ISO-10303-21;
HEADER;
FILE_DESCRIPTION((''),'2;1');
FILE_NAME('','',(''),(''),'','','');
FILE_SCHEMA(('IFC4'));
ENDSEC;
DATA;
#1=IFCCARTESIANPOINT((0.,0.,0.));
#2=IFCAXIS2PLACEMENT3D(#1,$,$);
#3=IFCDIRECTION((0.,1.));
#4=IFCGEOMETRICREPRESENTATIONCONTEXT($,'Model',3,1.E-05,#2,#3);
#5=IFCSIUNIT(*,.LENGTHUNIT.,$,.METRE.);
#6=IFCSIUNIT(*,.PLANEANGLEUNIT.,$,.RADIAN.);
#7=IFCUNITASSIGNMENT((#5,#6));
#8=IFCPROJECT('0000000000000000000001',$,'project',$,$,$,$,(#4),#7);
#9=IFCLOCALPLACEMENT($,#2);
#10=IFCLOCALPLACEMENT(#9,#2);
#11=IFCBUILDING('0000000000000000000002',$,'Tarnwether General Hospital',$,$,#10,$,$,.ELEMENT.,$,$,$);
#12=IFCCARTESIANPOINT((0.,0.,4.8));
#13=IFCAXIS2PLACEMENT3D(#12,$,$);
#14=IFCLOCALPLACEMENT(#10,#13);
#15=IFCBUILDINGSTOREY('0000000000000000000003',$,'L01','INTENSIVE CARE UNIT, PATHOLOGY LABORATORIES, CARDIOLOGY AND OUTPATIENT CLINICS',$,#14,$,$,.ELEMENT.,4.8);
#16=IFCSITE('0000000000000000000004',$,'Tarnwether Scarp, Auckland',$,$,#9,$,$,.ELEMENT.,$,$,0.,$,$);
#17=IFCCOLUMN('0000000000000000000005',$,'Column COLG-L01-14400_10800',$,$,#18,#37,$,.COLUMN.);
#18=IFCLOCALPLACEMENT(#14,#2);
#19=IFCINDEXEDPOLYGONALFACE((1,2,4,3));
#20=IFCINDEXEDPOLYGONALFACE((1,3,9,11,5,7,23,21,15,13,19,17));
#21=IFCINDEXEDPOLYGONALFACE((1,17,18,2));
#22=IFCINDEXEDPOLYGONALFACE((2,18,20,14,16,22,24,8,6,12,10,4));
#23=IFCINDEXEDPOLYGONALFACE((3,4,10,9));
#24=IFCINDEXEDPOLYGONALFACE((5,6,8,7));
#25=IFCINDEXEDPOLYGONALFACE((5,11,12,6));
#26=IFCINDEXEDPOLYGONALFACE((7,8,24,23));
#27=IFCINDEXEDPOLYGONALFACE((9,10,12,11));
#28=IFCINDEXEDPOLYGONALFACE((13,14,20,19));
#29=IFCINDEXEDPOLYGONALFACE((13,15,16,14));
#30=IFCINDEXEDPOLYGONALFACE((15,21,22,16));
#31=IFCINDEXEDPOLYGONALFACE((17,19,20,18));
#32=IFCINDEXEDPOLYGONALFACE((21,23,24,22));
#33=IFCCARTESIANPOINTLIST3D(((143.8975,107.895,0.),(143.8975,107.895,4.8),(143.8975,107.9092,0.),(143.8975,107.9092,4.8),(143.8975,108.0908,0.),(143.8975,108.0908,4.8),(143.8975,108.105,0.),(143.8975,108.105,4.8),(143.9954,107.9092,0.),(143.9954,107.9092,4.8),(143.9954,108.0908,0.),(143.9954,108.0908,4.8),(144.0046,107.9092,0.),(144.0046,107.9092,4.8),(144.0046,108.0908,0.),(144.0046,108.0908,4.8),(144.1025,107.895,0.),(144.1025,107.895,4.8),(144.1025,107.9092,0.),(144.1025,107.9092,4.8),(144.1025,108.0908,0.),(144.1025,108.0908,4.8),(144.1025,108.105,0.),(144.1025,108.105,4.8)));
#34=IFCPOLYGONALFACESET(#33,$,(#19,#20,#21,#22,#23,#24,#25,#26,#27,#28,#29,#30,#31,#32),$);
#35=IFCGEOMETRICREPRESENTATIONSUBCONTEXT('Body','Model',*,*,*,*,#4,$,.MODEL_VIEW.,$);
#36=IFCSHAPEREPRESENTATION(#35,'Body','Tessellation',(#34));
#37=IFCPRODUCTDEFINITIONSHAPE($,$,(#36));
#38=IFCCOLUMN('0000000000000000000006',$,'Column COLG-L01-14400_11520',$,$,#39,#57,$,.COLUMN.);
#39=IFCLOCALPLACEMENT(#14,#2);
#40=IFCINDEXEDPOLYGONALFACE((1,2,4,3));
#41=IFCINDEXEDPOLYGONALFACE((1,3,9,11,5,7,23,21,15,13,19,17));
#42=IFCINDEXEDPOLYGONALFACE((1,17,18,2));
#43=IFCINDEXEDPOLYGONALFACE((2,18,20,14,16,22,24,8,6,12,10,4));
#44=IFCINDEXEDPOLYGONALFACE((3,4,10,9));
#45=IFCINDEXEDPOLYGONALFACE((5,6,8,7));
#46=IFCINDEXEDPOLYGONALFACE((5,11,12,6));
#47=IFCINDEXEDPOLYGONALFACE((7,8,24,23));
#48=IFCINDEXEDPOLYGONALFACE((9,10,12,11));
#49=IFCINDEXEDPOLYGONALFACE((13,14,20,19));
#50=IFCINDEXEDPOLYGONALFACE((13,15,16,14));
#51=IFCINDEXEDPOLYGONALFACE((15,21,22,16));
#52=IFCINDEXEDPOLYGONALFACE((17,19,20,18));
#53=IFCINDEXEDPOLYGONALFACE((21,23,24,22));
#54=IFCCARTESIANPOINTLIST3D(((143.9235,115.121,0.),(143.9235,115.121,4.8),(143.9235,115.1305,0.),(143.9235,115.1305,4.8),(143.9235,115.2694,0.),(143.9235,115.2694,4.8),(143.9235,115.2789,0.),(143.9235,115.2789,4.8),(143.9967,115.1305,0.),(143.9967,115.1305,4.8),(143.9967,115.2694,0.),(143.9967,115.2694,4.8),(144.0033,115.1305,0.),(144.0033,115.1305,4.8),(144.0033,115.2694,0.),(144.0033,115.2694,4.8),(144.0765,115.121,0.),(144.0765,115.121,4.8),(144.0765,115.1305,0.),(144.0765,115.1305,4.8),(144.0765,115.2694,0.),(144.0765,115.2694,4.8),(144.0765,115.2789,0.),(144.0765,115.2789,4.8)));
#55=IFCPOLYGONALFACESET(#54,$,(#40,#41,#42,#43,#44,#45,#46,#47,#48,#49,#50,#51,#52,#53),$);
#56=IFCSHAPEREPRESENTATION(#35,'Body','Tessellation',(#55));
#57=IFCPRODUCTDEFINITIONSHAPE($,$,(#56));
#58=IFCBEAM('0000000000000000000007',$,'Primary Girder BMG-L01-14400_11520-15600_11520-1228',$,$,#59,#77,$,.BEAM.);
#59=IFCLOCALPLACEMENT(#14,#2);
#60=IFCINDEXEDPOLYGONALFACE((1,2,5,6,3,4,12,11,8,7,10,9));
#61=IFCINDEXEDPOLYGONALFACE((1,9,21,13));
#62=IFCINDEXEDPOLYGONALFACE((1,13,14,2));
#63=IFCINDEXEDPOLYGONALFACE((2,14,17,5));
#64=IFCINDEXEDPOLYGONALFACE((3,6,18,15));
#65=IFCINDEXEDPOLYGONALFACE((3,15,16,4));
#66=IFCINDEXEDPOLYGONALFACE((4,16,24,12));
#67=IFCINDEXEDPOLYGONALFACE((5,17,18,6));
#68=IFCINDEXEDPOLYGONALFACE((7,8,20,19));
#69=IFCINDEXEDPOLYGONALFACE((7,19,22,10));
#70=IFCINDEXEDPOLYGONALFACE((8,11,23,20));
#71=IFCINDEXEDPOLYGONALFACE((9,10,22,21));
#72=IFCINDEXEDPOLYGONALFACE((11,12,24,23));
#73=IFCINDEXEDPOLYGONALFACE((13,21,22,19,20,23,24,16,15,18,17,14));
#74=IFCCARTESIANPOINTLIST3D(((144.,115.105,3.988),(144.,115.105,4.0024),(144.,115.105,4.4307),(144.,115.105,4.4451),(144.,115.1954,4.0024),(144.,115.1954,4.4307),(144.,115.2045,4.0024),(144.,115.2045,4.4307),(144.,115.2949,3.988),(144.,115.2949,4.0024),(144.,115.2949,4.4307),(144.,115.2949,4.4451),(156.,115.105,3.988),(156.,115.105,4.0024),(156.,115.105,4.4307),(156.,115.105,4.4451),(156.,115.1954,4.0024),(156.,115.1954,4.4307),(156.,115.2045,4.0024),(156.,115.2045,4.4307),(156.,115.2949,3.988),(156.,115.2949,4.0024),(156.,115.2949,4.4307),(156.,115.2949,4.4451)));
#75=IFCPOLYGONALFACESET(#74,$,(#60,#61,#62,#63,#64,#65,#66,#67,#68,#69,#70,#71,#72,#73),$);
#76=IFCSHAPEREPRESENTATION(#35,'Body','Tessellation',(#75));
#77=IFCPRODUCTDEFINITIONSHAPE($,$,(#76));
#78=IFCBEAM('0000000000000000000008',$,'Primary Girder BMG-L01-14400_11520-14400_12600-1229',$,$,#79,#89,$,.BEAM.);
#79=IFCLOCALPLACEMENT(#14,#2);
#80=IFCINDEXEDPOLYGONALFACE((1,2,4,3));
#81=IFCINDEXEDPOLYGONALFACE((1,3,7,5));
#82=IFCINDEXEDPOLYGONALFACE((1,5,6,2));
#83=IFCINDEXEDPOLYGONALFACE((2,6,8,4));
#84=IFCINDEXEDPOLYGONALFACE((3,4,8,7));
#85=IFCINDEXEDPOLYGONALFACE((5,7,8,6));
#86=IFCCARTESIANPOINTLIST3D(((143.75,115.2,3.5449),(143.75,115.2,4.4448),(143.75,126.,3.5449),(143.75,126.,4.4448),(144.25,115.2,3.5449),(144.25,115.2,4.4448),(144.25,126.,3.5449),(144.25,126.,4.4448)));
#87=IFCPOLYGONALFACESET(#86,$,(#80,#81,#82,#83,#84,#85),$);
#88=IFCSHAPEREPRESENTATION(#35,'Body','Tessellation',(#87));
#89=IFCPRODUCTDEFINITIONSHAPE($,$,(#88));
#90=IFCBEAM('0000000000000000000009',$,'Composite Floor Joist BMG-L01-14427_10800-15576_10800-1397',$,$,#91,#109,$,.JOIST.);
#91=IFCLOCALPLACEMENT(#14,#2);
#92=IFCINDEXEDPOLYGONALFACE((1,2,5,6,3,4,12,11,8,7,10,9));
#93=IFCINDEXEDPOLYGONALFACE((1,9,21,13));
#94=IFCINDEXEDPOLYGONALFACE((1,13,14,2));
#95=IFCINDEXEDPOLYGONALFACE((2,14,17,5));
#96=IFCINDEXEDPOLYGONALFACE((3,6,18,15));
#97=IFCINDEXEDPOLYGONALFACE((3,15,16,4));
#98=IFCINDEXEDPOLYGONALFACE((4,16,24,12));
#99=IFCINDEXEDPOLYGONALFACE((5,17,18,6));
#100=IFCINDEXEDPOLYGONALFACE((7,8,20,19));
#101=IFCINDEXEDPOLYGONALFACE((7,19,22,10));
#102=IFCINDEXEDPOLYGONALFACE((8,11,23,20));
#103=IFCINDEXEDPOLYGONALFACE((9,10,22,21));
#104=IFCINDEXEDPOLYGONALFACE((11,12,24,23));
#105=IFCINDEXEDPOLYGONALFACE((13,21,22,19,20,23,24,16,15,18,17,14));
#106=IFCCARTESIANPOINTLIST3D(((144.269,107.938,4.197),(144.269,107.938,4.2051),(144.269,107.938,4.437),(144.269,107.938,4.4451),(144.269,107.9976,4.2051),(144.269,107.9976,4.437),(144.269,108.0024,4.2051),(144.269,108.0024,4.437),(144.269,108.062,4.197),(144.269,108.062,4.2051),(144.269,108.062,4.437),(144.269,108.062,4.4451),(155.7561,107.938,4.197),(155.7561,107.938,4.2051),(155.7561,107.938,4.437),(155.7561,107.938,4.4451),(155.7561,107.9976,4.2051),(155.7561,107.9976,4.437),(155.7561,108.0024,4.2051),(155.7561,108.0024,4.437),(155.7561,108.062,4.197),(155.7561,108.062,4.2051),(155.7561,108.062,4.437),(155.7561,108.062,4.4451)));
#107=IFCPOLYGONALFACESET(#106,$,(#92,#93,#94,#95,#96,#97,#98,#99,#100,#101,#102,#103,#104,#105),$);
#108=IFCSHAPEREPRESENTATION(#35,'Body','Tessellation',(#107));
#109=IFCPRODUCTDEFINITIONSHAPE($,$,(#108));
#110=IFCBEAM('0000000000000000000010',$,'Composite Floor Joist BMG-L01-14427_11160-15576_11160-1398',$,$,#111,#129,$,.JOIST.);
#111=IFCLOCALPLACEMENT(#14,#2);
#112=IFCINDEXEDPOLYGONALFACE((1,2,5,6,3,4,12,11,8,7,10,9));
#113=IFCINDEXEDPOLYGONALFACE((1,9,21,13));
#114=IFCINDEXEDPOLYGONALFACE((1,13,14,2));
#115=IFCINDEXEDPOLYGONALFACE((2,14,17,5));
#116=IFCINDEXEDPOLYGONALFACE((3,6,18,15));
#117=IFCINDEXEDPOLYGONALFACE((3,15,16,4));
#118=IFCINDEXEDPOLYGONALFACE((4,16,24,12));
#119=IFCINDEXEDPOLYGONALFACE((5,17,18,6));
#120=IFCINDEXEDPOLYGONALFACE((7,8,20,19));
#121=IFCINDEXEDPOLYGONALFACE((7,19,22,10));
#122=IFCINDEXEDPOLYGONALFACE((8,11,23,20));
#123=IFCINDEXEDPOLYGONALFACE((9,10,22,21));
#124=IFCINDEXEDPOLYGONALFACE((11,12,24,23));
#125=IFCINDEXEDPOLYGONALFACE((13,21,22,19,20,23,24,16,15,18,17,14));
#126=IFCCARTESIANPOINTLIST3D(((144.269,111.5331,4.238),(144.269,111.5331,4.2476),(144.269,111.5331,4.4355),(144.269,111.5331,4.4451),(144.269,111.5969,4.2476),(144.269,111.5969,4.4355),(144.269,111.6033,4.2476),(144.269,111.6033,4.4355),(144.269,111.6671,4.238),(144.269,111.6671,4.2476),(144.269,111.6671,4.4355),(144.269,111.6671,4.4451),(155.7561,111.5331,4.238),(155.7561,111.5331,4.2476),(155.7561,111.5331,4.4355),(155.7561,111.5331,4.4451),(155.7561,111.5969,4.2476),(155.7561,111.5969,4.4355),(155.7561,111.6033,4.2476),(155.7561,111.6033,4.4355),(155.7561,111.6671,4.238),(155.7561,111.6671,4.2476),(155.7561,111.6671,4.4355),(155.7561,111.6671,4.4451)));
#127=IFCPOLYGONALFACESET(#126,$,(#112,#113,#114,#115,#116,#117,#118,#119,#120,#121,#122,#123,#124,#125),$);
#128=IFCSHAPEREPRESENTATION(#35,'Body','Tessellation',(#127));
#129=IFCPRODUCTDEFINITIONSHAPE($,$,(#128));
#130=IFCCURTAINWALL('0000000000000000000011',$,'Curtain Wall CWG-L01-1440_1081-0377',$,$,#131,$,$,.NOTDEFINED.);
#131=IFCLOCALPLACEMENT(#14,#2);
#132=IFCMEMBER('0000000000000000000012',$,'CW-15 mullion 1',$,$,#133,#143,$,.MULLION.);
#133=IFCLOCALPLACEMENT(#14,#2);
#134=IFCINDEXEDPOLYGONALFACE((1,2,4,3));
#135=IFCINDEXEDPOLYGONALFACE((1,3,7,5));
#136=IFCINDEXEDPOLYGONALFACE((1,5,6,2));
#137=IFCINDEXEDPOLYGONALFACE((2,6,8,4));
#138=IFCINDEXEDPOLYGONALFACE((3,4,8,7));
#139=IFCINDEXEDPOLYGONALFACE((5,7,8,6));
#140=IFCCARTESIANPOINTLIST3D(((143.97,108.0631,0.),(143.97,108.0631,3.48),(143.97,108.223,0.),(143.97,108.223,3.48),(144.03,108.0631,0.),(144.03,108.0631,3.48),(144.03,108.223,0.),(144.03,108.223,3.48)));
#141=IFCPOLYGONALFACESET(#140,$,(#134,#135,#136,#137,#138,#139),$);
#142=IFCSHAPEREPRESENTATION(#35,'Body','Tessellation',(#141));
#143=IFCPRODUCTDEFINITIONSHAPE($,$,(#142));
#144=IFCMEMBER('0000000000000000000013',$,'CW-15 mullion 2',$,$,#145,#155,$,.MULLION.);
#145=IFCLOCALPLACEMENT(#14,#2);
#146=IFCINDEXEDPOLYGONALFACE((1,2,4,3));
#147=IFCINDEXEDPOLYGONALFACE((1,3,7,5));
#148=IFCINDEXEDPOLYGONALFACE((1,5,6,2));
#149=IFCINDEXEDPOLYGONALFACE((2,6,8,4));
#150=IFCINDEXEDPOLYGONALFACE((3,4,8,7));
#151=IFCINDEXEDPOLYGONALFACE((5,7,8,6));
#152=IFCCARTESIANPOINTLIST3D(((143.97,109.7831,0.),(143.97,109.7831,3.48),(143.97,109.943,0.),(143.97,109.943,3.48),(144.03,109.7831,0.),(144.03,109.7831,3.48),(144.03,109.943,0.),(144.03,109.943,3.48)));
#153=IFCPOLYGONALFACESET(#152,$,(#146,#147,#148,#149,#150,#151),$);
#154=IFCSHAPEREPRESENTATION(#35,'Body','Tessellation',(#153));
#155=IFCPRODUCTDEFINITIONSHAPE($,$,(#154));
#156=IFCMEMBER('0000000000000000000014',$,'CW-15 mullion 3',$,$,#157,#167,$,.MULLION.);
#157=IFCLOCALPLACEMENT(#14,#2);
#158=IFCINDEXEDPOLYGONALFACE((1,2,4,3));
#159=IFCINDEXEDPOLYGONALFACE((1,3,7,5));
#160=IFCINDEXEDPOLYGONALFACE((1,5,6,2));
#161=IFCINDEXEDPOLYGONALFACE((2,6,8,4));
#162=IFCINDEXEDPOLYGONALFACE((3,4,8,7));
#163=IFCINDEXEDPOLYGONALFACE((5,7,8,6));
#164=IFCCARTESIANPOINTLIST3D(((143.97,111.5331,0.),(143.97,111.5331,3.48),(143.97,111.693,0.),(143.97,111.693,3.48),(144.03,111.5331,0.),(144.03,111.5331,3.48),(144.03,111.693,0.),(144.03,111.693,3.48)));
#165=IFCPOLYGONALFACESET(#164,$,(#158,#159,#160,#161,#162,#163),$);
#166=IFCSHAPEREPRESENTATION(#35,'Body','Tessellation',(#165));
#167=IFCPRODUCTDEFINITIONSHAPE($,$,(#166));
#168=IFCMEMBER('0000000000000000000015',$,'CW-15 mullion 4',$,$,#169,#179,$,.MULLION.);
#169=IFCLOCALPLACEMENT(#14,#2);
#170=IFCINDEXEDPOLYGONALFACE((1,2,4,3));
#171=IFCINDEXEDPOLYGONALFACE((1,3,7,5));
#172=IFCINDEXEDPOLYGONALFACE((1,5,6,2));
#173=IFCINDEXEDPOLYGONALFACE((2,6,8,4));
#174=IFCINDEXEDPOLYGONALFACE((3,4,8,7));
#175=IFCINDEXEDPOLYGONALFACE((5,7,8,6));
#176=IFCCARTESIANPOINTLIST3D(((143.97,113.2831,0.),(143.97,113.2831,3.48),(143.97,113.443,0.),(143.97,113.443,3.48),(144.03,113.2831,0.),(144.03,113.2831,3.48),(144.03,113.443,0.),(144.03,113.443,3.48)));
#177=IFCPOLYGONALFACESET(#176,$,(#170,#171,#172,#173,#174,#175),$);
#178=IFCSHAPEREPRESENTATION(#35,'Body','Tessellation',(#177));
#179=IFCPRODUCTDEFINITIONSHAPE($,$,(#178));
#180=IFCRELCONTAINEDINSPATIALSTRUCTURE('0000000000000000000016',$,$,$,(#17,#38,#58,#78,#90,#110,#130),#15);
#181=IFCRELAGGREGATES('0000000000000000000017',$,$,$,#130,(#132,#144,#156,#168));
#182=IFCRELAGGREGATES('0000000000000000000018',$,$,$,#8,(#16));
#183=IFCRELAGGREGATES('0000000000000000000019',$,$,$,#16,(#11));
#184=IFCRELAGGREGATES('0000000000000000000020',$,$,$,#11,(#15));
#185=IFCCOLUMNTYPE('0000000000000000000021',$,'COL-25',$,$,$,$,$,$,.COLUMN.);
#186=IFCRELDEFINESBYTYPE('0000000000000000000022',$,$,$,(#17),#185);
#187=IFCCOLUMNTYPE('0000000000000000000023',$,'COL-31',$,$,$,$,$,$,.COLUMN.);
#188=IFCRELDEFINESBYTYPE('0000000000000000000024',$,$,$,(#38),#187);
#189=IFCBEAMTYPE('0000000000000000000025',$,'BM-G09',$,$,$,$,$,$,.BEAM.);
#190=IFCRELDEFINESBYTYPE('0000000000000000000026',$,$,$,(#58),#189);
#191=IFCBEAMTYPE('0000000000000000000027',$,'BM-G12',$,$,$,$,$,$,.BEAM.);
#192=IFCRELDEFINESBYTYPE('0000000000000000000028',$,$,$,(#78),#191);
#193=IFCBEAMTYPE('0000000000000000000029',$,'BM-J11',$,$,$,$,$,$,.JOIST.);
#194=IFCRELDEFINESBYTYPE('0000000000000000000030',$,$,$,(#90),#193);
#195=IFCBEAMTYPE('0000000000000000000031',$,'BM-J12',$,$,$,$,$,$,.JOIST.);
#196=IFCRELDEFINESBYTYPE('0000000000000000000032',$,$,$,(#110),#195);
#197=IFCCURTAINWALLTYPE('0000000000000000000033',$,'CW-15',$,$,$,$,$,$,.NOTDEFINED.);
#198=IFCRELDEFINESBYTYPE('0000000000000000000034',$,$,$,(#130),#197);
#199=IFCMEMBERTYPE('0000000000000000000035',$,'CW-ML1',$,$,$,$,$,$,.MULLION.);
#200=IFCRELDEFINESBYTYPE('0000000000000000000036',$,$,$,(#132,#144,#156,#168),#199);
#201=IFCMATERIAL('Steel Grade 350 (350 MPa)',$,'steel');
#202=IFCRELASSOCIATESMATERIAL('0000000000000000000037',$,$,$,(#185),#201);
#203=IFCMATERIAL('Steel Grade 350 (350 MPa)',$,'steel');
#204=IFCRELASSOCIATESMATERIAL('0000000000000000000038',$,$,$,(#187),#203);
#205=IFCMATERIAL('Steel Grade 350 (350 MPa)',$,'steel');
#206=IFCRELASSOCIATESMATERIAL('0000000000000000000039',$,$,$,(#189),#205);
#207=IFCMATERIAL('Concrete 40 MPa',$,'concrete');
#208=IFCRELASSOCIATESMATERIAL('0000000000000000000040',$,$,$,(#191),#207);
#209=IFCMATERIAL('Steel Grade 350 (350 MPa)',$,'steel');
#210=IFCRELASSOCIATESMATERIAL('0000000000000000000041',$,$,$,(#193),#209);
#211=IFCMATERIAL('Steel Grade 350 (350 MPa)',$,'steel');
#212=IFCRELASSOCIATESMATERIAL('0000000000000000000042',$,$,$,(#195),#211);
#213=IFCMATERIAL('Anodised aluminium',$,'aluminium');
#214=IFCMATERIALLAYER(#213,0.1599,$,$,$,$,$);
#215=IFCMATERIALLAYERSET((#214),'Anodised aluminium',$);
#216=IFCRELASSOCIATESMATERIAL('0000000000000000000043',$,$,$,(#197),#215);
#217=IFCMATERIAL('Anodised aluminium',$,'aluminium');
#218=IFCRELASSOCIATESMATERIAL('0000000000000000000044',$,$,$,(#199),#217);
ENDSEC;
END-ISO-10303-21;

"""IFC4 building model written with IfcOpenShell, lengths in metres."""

from ifc_helpers import new_model, si_unit, direction, frame, origin, origin_2d, place, context, subcontext, project, spatial, rectangle, i_section, extrude, material, layer, layer_set, material_profile, profile_set, type_object, element, aggregate, save


model = new_model("IFC4")

# Units and contexts
model_context = context("Model", 3, precision=1e-05, world=origin(), true_north=direction((0.0, 1.0)))
body_context = subcontext(model_context, "Body", "Model", "MODEL_VIEW")
ifc_project = project(units=[si_unit("LENGTHUNIT", "METRE"), si_unit("PLANEANGLEUNIT", "RADIAN")], contexts=[model_context])

# Site, building, storey
site_placement = place(None, origin())
site = spatial("IfcSite", under=ifc_project, at=site_placement, Name="Tarnwether Scarp, Auckland", CompositionType="ELEMENT", RefElevation=0.0)
building_placement = place(site_placement, origin())
building = spatial("IfcBuilding", under=site, at=building_placement, Name="Tarnwether General Hospital", CompositionType="ELEMENT")
storey_placement = place(building_placement, frame((0.0, 0.0, 4.8)))
storey = spatial("IfcBuildingStorey", under=building, at=storey_placement, Name="L01", Description="INTENSIVE CARE UNIT, PATHOLOGY LABORATORIES, CARDIOLOGY AND OUTPATIENT CLINICS", CompositionType="ELEMENT", Elevation=4.8)

# Columns
ifc_material_1 = material(Name="Steel Grade 350 (350 MPa)", Category="steel")
ifc_material_profile_1 = material_profile(ifc_material_1, i_section(OverallWidth=0.2051, OverallDepth=0.21, WebThickness=0.0093, FlangeThickness=0.0142, at=origin_2d()), Name="200UC59.5")
ifc_profile_set_1 = profile_set([ifc_material_profile_1], Name="Steel Grade 350 (350 MPa)")
column_type_1 = type_object("IfcColumnType", Name="COL-25", PredefinedType="COLUMN", material=ifc_profile_set_1)
column_1_placement = place(storey_placement, frame((144.0, 108.0, 0.0), z_axis=(0.0, 0.0, 1.0), x_axis=(1.0, 0.0, 0.0)))
element("IfcColumn", 1, at=column_1_placement, inside=storey, type_object=column_type_1, Name="Column COLG-L01-14400_10800", PredefinedType="COLUMN", context=body_context, shape_type="SweptSolid", body=[
    extrude(i_section(OverallWidth=0.2051, OverallDepth=0.21, WebThickness=0.0093, FlangeThickness=0.0142, at=origin_2d()), origin(), (0.0, 0.0, 1.0), 4.8),
])
ifc_material_2 = material(Name="Steel Grade 350 (350 MPa)", Category="steel")
ifc_material_profile_2 = material_profile(ifc_material_2, i_section(OverallWidth=0.1531, OverallDepth=0.158, WebThickness=0.0066, FlangeThickness=0.0095, at=origin_2d()), Name="150UC30.0")
ifc_profile_set_2 = profile_set([ifc_material_profile_2], Name="Steel Grade 350 (350 MPa)")
column_type_2 = type_object("IfcColumnType", Name="COL-31", PredefinedType="COLUMN", material=ifc_profile_set_2)
column_2_placement = place(storey_placement, frame((144.0, 115.2, 0.0), z_axis=(0.0, 0.0, 1.0), x_axis=(1.0, 0.0, 0.0)))
element("IfcColumn", 2, at=column_2_placement, inside=storey, type_object=column_type_2, Name="Column COLG-L01-14400_11520", PredefinedType="COLUMN", context=body_context, shape_type="SweptSolid", body=[
    extrude(i_section(OverallWidth=0.1531, OverallDepth=0.158, WebThickness=0.0066, FlangeThickness=0.0095, at=origin_2d()), origin(), (0.0, 0.0, 1.0), 4.8),
])

# Beams
ifc_material_3 = material(Name="Steel Grade 350 (350 MPa)", Category="steel")
ifc_material_profile_3 = material_profile(ifc_material_3, i_section(OverallWidth=0.1899, OverallDepth=0.457, WebThickness=0.009, FlangeThickness=0.0144, at=origin_2d()), Name="460UB74.6")
ifc_profile_set_3 = profile_set([ifc_material_profile_3], Name="Steel Grade 350 (350 MPa)")
beam_type_1 = type_object("IfcBeamType", Name="BM-G09", PredefinedType="BEAM", material=ifc_profile_set_3)
beam_1_placement = place(storey_placement, frame((144.0, 115.2, 4.2166), z_axis=(1.0, 0.0, 0.0), x_axis=(0.0, 1.0, 0.0)))
element("IfcBeam", 3, at=beam_1_placement, inside=storey, type_object=beam_type_1, Name="Primary Girder BMG-L01-14400_11520-15600_11520-1228", PredefinedType="BEAM", context=body_context, shape_type="SweptSolid", body=[
    extrude(i_section(OverallWidth=0.1899, OverallDepth=0.457, WebThickness=0.009, FlangeThickness=0.0144, at=origin_2d()), origin(), (0.0, 0.0, 1.0), 12.0),
])
ifc_material_4 = material(Name="Concrete 40 MPa", Category="concrete")
ifc_material_profile_4 = material_profile(ifc_material_4, rectangle(XDim=0.5, YDim=0.8999, at=origin_2d()), Name="RC-BM-500x900")
ifc_profile_set_4 = profile_set([ifc_material_profile_4], Name="Concrete 40 MPa")
beam_type_2 = type_object("IfcBeamType", Name="BM-G12", PredefinedType="BEAM", material=ifc_profile_set_4)
beam_2_placement = place(storey_placement, frame((144.0, 115.2, 3.9949), z_axis=(0.0, 1.0, 0.0), x_axis=(-1.0, 0.0, 0.0)))
element("IfcBeam", 4, at=beam_2_placement, inside=storey, type_object=beam_type_2, Name="Primary Girder BMG-L01-14400_11520-14400_12600-1229", PredefinedType="BEAM", context=body_context, shape_type="SweptSolid", body=[
    extrude(rectangle(XDim=0.5, YDim=0.8999, at=origin_2d()), origin(), (0.0, 0.0, 1.0), 10.8),
])
ifc_material_5 = material(Name="Steel Grade 350 (350 MPa)", Category="steel")
ifc_material_profile_5 = material_profile(ifc_material_5, i_section(OverallWidth=0.124, OverallDepth=0.248, WebThickness=0.0049, FlangeThickness=0.0081, at=origin_2d()), Name="250UB25.7")
ifc_profile_set_5 = profile_set([ifc_material_profile_5], Name="Steel Grade 350 (350 MPa)")
beam_type_3 = type_object("IfcBeamType", Name="BM-J11", PredefinedType="JOIST", material=ifc_profile_set_5)
beam_3_placement = place(storey_placement, frame((144.269, 108.0, 4.321), z_axis=(1.0, 0.0, 0.0), x_axis=(0.0, 1.0, 0.0)))
element("IfcBeam", 5, at=beam_3_placement, inside=storey, type_object=beam_type_3, Name="Composite Floor Joist BMG-L01-14427_10800-15576_10800-1397", PredefinedType="JOIST", context=body_context, shape_type="SweptSolid", body=[
    extrude(i_section(OverallWidth=0.124, OverallDepth=0.248, WebThickness=0.0049, FlangeThickness=0.0081, at=origin_2d()), origin(), (0.0, 0.0, 1.0), 11.4871),
])
ifc_material_6 = material(Name="Steel Grade 350 (350 MPa)", Category="steel")
ifc_material_profile_6 = material_profile(ifc_material_6, i_section(OverallWidth=0.134, OverallDepth=0.207, WebThickness=0.0063, FlangeThickness=0.0095, at=origin_2d()), Name="200UB29.8")
ifc_profile_set_6 = profile_set([ifc_material_profile_6], Name="Steel Grade 350 (350 MPa)")
beam_type_4 = type_object("IfcBeamType", Name="BM-J12", PredefinedType="JOIST", material=ifc_profile_set_6)
beam_4_placement = place(storey_placement, frame((144.269, 111.6001, 4.3416), z_axis=(1.0, 0.0, 0.0), x_axis=(0.0, 1.0, 0.0)))
element("IfcBeam", 6, at=beam_4_placement, inside=storey, type_object=beam_type_4, Name="Composite Floor Joist BMG-L01-14427_11160-15576_11160-1398", PredefinedType="JOIST", context=body_context, shape_type="SweptSolid", body=[
    extrude(i_section(OverallWidth=0.134, OverallDepth=0.207, WebThickness=0.0063, FlangeThickness=0.0095, at=origin_2d()), origin(), (0.0, 0.0, 1.0), 11.4871),
])

# Curtain wall, members
ifc_material_7 = material(Name="Anodised aluminium", Category="aluminium")
ifc_layer_1 = layer(ifc_material_7, 0.1599)
ifc_layer_set_1 = layer_set([ifc_layer_1], Name="Anodised aluminium")
curtain_wall_type_1 = type_object("IfcCurtainWallType", Name="CW-15", PredefinedType="NOTDEFINED", material=ifc_layer_set_1)
curtain_wall_1_placement = place(storey_placement, origin())
curtain_wall_1 = element("IfcCurtainWall", 7, at=curtain_wall_1_placement, inside=storey, type_object=curtain_wall_type_1, Name="Curtain Wall CWG-L01-1440_1081-0377", PredefinedType="NOTDEFINED")
ifc_material_8 = material(Name="Anodised aluminium", Category="aluminium")
ifc_material_profile_7 = material_profile(ifc_material_8, rectangle(XDim=0.0601, YDim=0.1599, at=origin_2d()), Name="ALU-MUL-60x160")
ifc_profile_set_7 = profile_set([ifc_material_profile_7], Name="Anodised aluminium")
member_type_1 = type_object("IfcMemberType", Name="CW-ML1", PredefinedType="MULLION", material=ifc_profile_set_7)
member_1_placement = place(storey_placement, frame((144.0, 108.1431, 0.0), z_axis=(0.0, 0.0, 1.0), x_axis=(-1.0, 0.0, 0.0)))
member_1 = element("IfcMember", 8, at=member_1_placement, type_object=member_type_1, Name="CW-15 mullion 1", PredefinedType="MULLION", context=body_context, shape_type="SweptSolid", body=[
    extrude(rectangle(XDim=0.0601, YDim=0.1599, at=origin_2d()), origin(), (0.0, 0.0, 1.0), 3.48),
])
member_2_placement = place(storey_placement, frame((144.0, 109.863, 0.0), z_axis=(0.0, 0.0, 1.0), x_axis=(-1.0, 0.0, 0.0)))
member_2 = element("IfcMember", 9, at=member_2_placement, type_object=member_type_1, Name="CW-15 mullion 2", PredefinedType="MULLION", context=body_context, shape_type="SweptSolid", body=[
    extrude(rectangle(XDim=0.0601, YDim=0.1599, at=origin_2d()), origin(), (0.0, 0.0, 1.0), 3.48),
])
member_3_placement = place(storey_placement, frame((144.0, 111.613, 0.0), z_axis=(0.0, 0.0, 1.0), x_axis=(-1.0, 0.0, 0.0)))
member_3 = element("IfcMember", 10, at=member_3_placement, type_object=member_type_1, Name="CW-15 mullion 3", PredefinedType="MULLION", context=body_context, shape_type="SweptSolid", body=[
    extrude(rectangle(XDim=0.0601, YDim=0.1599, at=origin_2d()), origin(), (0.0, 0.0, 1.0), 3.48),
])
member_4_placement = place(storey_placement, frame((144.0, 113.363, 0.0), z_axis=(0.0, 0.0, 1.0), x_axis=(-1.0, 0.0, 0.0)))
member_4 = element("IfcMember", 11, at=member_4_placement, type_object=member_type_1, Name="CW-15 mullion 4", PredefinedType="MULLION", context=body_context, shape_type="SweptSolid", body=[
    extrude(rectangle(XDim=0.0601, YDim=0.1599, at=origin_2d()), origin(), (0.0, 0.0, 1.0), 3.48),
])

aggregate(curtain_wall_1, [member_1, member_2, member_3, member_4])

save(model, "model.ifc")
